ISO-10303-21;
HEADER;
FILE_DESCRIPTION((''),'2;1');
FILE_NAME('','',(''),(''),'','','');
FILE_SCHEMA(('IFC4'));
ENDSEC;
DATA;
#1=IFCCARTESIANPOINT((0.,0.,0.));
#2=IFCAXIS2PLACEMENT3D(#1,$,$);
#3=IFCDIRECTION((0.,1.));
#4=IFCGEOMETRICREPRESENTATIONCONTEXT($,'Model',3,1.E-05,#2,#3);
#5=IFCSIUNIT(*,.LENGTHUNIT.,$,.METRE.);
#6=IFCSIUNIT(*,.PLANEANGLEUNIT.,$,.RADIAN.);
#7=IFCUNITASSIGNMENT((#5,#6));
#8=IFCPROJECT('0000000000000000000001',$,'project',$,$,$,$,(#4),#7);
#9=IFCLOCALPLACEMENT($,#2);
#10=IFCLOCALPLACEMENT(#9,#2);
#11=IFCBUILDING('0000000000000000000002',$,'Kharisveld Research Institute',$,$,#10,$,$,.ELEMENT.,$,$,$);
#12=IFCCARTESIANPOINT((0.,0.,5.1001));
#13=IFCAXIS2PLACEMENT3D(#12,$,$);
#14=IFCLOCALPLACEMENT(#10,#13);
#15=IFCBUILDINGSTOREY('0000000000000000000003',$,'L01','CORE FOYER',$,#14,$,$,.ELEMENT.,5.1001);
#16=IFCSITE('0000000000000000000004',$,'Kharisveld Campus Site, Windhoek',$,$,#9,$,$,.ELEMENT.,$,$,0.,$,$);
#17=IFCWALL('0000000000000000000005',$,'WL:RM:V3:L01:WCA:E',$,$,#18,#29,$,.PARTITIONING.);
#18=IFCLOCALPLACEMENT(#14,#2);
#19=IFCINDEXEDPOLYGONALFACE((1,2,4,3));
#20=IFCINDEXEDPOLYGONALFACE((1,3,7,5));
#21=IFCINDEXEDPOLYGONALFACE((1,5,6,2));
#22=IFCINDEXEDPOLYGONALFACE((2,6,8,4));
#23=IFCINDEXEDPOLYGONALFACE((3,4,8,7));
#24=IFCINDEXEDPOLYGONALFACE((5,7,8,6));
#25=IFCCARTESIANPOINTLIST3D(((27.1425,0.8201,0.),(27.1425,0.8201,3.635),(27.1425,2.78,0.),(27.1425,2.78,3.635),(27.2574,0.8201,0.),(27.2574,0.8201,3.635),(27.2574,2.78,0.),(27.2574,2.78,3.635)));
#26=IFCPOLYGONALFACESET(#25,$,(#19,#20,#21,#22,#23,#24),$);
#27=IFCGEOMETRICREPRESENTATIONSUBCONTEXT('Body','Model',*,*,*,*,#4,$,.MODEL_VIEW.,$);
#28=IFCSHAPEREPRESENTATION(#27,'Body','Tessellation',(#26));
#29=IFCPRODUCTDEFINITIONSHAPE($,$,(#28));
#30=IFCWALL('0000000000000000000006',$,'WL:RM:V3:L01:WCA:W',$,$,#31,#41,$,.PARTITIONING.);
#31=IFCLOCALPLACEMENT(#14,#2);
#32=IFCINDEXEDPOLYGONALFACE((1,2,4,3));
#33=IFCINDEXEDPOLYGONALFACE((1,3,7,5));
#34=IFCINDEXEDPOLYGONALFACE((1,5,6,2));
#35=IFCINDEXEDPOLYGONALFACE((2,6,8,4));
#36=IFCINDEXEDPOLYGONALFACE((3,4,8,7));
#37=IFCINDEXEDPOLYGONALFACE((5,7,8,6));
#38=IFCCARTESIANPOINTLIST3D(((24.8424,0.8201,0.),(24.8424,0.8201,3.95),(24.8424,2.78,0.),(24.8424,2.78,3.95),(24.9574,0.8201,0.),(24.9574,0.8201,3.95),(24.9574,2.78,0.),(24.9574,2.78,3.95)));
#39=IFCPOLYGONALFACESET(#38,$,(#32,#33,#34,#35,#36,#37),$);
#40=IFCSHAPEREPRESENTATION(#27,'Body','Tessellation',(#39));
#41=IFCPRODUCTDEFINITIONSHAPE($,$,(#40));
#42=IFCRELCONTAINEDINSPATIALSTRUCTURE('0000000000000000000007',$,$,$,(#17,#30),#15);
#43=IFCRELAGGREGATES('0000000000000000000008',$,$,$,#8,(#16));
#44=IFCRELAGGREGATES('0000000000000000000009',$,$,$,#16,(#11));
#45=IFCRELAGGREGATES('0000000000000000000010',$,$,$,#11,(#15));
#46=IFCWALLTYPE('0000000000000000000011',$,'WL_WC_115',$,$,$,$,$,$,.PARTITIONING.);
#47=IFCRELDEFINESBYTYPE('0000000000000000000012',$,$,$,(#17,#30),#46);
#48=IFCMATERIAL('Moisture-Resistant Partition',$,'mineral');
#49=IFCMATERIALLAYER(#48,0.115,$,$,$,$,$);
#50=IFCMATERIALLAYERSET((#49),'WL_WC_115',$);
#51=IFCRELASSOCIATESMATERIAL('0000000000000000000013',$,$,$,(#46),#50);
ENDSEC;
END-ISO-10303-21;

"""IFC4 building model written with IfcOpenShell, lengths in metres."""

from ifc_helpers import new_model, si_unit, direction, frame, frame_2d, origin, place, context, subcontext, project, spatial, rectangle, extrude, material, layer, layer_set, type_object, element, save


model = new_model("IFC4")

# Units and contexts
model_context = context("Model", 3, precision=1e-05, world=origin(), true_north=direction((0.0, 1.0)))
body_context = subcontext(model_context, "Body", "Model", "MODEL_VIEW")
ifc_project = project(units=[si_unit("LENGTHUNIT", "METRE"), si_unit("PLANEANGLEUNIT", "RADIAN")], contexts=[model_context])

# Site, building, storey
site_placement = place(None, origin())
site = spatial("IfcSite", under=ifc_project, at=site_placement, Name="Kharisveld Campus Site, Windhoek", CompositionType="ELEMENT", RefElevation=0.0)
building_placement = place(site_placement, origin())
building = spatial("IfcBuilding", under=site, at=building_placement, Name="Kharisveld Research Institute", CompositionType="ELEMENT")
storey_placement = place(building_placement, frame((0.0, 0.0, 5.1001)))
storey = spatial("IfcBuildingStorey", under=building, at=storey_placement, Name="L01", Description="CORE FOYER", CompositionType="ELEMENT", Elevation=5.1001)

# Shared definitions
ifc_material_1 = material(Name="Moisture-Resistant Partition", Category="mineral")
ifc_layer_1 = layer(ifc_material_1, 0.115)
ifc_layer_set_1 = layer_set([ifc_layer_1], Name="WL_WC_115")
wall_type_1 = type_object("IfcWallType", Name="WL_WC_115", PredefinedType="PARTITIONING", material=ifc_layer_set_1)

# Wall
wall_1_placement = place(storey_placement, frame((27.2, 0.8201, 0.0), z_axis=(0.0, 0.0, 1.0), x_axis=(0.0, 1.0, 0.0)))
element("IfcWall", 1, at=wall_1_placement, inside=storey, type_object=wall_type_1, Name="WL:RM:V3:L01:WCA:E", PredefinedType="PARTITIONING", context=body_context, shape_type="SweptSolid", body=[
    extrude(rectangle(XDim=1.96, YDim=0.115, at=frame_2d((0.98, 0.0))), origin(), (0.0, 0.0, 1.0), 3.635),
])

# Wall
wall_2_placement = place(storey_placement, frame((24.8999, 2.78, 0.0), z_axis=(0.0, 0.0, 1.0), x_axis=(0.0, -1.0, 0.0)))
element("IfcWall", 2, at=wall_2_placement, inside=storey, type_object=wall_type_1, Name="WL:RM:V3:L01:WCA:W", PredefinedType="PARTITIONING", context=body_context, shape_type="SweptSolid", body=[
    extrude(rectangle(XDim=1.96, YDim=0.115, at=frame_2d((0.98, 0.0))), origin(), (0.0, 0.0, 1.0), 3.95),
])

save(model, "model.ifc")
